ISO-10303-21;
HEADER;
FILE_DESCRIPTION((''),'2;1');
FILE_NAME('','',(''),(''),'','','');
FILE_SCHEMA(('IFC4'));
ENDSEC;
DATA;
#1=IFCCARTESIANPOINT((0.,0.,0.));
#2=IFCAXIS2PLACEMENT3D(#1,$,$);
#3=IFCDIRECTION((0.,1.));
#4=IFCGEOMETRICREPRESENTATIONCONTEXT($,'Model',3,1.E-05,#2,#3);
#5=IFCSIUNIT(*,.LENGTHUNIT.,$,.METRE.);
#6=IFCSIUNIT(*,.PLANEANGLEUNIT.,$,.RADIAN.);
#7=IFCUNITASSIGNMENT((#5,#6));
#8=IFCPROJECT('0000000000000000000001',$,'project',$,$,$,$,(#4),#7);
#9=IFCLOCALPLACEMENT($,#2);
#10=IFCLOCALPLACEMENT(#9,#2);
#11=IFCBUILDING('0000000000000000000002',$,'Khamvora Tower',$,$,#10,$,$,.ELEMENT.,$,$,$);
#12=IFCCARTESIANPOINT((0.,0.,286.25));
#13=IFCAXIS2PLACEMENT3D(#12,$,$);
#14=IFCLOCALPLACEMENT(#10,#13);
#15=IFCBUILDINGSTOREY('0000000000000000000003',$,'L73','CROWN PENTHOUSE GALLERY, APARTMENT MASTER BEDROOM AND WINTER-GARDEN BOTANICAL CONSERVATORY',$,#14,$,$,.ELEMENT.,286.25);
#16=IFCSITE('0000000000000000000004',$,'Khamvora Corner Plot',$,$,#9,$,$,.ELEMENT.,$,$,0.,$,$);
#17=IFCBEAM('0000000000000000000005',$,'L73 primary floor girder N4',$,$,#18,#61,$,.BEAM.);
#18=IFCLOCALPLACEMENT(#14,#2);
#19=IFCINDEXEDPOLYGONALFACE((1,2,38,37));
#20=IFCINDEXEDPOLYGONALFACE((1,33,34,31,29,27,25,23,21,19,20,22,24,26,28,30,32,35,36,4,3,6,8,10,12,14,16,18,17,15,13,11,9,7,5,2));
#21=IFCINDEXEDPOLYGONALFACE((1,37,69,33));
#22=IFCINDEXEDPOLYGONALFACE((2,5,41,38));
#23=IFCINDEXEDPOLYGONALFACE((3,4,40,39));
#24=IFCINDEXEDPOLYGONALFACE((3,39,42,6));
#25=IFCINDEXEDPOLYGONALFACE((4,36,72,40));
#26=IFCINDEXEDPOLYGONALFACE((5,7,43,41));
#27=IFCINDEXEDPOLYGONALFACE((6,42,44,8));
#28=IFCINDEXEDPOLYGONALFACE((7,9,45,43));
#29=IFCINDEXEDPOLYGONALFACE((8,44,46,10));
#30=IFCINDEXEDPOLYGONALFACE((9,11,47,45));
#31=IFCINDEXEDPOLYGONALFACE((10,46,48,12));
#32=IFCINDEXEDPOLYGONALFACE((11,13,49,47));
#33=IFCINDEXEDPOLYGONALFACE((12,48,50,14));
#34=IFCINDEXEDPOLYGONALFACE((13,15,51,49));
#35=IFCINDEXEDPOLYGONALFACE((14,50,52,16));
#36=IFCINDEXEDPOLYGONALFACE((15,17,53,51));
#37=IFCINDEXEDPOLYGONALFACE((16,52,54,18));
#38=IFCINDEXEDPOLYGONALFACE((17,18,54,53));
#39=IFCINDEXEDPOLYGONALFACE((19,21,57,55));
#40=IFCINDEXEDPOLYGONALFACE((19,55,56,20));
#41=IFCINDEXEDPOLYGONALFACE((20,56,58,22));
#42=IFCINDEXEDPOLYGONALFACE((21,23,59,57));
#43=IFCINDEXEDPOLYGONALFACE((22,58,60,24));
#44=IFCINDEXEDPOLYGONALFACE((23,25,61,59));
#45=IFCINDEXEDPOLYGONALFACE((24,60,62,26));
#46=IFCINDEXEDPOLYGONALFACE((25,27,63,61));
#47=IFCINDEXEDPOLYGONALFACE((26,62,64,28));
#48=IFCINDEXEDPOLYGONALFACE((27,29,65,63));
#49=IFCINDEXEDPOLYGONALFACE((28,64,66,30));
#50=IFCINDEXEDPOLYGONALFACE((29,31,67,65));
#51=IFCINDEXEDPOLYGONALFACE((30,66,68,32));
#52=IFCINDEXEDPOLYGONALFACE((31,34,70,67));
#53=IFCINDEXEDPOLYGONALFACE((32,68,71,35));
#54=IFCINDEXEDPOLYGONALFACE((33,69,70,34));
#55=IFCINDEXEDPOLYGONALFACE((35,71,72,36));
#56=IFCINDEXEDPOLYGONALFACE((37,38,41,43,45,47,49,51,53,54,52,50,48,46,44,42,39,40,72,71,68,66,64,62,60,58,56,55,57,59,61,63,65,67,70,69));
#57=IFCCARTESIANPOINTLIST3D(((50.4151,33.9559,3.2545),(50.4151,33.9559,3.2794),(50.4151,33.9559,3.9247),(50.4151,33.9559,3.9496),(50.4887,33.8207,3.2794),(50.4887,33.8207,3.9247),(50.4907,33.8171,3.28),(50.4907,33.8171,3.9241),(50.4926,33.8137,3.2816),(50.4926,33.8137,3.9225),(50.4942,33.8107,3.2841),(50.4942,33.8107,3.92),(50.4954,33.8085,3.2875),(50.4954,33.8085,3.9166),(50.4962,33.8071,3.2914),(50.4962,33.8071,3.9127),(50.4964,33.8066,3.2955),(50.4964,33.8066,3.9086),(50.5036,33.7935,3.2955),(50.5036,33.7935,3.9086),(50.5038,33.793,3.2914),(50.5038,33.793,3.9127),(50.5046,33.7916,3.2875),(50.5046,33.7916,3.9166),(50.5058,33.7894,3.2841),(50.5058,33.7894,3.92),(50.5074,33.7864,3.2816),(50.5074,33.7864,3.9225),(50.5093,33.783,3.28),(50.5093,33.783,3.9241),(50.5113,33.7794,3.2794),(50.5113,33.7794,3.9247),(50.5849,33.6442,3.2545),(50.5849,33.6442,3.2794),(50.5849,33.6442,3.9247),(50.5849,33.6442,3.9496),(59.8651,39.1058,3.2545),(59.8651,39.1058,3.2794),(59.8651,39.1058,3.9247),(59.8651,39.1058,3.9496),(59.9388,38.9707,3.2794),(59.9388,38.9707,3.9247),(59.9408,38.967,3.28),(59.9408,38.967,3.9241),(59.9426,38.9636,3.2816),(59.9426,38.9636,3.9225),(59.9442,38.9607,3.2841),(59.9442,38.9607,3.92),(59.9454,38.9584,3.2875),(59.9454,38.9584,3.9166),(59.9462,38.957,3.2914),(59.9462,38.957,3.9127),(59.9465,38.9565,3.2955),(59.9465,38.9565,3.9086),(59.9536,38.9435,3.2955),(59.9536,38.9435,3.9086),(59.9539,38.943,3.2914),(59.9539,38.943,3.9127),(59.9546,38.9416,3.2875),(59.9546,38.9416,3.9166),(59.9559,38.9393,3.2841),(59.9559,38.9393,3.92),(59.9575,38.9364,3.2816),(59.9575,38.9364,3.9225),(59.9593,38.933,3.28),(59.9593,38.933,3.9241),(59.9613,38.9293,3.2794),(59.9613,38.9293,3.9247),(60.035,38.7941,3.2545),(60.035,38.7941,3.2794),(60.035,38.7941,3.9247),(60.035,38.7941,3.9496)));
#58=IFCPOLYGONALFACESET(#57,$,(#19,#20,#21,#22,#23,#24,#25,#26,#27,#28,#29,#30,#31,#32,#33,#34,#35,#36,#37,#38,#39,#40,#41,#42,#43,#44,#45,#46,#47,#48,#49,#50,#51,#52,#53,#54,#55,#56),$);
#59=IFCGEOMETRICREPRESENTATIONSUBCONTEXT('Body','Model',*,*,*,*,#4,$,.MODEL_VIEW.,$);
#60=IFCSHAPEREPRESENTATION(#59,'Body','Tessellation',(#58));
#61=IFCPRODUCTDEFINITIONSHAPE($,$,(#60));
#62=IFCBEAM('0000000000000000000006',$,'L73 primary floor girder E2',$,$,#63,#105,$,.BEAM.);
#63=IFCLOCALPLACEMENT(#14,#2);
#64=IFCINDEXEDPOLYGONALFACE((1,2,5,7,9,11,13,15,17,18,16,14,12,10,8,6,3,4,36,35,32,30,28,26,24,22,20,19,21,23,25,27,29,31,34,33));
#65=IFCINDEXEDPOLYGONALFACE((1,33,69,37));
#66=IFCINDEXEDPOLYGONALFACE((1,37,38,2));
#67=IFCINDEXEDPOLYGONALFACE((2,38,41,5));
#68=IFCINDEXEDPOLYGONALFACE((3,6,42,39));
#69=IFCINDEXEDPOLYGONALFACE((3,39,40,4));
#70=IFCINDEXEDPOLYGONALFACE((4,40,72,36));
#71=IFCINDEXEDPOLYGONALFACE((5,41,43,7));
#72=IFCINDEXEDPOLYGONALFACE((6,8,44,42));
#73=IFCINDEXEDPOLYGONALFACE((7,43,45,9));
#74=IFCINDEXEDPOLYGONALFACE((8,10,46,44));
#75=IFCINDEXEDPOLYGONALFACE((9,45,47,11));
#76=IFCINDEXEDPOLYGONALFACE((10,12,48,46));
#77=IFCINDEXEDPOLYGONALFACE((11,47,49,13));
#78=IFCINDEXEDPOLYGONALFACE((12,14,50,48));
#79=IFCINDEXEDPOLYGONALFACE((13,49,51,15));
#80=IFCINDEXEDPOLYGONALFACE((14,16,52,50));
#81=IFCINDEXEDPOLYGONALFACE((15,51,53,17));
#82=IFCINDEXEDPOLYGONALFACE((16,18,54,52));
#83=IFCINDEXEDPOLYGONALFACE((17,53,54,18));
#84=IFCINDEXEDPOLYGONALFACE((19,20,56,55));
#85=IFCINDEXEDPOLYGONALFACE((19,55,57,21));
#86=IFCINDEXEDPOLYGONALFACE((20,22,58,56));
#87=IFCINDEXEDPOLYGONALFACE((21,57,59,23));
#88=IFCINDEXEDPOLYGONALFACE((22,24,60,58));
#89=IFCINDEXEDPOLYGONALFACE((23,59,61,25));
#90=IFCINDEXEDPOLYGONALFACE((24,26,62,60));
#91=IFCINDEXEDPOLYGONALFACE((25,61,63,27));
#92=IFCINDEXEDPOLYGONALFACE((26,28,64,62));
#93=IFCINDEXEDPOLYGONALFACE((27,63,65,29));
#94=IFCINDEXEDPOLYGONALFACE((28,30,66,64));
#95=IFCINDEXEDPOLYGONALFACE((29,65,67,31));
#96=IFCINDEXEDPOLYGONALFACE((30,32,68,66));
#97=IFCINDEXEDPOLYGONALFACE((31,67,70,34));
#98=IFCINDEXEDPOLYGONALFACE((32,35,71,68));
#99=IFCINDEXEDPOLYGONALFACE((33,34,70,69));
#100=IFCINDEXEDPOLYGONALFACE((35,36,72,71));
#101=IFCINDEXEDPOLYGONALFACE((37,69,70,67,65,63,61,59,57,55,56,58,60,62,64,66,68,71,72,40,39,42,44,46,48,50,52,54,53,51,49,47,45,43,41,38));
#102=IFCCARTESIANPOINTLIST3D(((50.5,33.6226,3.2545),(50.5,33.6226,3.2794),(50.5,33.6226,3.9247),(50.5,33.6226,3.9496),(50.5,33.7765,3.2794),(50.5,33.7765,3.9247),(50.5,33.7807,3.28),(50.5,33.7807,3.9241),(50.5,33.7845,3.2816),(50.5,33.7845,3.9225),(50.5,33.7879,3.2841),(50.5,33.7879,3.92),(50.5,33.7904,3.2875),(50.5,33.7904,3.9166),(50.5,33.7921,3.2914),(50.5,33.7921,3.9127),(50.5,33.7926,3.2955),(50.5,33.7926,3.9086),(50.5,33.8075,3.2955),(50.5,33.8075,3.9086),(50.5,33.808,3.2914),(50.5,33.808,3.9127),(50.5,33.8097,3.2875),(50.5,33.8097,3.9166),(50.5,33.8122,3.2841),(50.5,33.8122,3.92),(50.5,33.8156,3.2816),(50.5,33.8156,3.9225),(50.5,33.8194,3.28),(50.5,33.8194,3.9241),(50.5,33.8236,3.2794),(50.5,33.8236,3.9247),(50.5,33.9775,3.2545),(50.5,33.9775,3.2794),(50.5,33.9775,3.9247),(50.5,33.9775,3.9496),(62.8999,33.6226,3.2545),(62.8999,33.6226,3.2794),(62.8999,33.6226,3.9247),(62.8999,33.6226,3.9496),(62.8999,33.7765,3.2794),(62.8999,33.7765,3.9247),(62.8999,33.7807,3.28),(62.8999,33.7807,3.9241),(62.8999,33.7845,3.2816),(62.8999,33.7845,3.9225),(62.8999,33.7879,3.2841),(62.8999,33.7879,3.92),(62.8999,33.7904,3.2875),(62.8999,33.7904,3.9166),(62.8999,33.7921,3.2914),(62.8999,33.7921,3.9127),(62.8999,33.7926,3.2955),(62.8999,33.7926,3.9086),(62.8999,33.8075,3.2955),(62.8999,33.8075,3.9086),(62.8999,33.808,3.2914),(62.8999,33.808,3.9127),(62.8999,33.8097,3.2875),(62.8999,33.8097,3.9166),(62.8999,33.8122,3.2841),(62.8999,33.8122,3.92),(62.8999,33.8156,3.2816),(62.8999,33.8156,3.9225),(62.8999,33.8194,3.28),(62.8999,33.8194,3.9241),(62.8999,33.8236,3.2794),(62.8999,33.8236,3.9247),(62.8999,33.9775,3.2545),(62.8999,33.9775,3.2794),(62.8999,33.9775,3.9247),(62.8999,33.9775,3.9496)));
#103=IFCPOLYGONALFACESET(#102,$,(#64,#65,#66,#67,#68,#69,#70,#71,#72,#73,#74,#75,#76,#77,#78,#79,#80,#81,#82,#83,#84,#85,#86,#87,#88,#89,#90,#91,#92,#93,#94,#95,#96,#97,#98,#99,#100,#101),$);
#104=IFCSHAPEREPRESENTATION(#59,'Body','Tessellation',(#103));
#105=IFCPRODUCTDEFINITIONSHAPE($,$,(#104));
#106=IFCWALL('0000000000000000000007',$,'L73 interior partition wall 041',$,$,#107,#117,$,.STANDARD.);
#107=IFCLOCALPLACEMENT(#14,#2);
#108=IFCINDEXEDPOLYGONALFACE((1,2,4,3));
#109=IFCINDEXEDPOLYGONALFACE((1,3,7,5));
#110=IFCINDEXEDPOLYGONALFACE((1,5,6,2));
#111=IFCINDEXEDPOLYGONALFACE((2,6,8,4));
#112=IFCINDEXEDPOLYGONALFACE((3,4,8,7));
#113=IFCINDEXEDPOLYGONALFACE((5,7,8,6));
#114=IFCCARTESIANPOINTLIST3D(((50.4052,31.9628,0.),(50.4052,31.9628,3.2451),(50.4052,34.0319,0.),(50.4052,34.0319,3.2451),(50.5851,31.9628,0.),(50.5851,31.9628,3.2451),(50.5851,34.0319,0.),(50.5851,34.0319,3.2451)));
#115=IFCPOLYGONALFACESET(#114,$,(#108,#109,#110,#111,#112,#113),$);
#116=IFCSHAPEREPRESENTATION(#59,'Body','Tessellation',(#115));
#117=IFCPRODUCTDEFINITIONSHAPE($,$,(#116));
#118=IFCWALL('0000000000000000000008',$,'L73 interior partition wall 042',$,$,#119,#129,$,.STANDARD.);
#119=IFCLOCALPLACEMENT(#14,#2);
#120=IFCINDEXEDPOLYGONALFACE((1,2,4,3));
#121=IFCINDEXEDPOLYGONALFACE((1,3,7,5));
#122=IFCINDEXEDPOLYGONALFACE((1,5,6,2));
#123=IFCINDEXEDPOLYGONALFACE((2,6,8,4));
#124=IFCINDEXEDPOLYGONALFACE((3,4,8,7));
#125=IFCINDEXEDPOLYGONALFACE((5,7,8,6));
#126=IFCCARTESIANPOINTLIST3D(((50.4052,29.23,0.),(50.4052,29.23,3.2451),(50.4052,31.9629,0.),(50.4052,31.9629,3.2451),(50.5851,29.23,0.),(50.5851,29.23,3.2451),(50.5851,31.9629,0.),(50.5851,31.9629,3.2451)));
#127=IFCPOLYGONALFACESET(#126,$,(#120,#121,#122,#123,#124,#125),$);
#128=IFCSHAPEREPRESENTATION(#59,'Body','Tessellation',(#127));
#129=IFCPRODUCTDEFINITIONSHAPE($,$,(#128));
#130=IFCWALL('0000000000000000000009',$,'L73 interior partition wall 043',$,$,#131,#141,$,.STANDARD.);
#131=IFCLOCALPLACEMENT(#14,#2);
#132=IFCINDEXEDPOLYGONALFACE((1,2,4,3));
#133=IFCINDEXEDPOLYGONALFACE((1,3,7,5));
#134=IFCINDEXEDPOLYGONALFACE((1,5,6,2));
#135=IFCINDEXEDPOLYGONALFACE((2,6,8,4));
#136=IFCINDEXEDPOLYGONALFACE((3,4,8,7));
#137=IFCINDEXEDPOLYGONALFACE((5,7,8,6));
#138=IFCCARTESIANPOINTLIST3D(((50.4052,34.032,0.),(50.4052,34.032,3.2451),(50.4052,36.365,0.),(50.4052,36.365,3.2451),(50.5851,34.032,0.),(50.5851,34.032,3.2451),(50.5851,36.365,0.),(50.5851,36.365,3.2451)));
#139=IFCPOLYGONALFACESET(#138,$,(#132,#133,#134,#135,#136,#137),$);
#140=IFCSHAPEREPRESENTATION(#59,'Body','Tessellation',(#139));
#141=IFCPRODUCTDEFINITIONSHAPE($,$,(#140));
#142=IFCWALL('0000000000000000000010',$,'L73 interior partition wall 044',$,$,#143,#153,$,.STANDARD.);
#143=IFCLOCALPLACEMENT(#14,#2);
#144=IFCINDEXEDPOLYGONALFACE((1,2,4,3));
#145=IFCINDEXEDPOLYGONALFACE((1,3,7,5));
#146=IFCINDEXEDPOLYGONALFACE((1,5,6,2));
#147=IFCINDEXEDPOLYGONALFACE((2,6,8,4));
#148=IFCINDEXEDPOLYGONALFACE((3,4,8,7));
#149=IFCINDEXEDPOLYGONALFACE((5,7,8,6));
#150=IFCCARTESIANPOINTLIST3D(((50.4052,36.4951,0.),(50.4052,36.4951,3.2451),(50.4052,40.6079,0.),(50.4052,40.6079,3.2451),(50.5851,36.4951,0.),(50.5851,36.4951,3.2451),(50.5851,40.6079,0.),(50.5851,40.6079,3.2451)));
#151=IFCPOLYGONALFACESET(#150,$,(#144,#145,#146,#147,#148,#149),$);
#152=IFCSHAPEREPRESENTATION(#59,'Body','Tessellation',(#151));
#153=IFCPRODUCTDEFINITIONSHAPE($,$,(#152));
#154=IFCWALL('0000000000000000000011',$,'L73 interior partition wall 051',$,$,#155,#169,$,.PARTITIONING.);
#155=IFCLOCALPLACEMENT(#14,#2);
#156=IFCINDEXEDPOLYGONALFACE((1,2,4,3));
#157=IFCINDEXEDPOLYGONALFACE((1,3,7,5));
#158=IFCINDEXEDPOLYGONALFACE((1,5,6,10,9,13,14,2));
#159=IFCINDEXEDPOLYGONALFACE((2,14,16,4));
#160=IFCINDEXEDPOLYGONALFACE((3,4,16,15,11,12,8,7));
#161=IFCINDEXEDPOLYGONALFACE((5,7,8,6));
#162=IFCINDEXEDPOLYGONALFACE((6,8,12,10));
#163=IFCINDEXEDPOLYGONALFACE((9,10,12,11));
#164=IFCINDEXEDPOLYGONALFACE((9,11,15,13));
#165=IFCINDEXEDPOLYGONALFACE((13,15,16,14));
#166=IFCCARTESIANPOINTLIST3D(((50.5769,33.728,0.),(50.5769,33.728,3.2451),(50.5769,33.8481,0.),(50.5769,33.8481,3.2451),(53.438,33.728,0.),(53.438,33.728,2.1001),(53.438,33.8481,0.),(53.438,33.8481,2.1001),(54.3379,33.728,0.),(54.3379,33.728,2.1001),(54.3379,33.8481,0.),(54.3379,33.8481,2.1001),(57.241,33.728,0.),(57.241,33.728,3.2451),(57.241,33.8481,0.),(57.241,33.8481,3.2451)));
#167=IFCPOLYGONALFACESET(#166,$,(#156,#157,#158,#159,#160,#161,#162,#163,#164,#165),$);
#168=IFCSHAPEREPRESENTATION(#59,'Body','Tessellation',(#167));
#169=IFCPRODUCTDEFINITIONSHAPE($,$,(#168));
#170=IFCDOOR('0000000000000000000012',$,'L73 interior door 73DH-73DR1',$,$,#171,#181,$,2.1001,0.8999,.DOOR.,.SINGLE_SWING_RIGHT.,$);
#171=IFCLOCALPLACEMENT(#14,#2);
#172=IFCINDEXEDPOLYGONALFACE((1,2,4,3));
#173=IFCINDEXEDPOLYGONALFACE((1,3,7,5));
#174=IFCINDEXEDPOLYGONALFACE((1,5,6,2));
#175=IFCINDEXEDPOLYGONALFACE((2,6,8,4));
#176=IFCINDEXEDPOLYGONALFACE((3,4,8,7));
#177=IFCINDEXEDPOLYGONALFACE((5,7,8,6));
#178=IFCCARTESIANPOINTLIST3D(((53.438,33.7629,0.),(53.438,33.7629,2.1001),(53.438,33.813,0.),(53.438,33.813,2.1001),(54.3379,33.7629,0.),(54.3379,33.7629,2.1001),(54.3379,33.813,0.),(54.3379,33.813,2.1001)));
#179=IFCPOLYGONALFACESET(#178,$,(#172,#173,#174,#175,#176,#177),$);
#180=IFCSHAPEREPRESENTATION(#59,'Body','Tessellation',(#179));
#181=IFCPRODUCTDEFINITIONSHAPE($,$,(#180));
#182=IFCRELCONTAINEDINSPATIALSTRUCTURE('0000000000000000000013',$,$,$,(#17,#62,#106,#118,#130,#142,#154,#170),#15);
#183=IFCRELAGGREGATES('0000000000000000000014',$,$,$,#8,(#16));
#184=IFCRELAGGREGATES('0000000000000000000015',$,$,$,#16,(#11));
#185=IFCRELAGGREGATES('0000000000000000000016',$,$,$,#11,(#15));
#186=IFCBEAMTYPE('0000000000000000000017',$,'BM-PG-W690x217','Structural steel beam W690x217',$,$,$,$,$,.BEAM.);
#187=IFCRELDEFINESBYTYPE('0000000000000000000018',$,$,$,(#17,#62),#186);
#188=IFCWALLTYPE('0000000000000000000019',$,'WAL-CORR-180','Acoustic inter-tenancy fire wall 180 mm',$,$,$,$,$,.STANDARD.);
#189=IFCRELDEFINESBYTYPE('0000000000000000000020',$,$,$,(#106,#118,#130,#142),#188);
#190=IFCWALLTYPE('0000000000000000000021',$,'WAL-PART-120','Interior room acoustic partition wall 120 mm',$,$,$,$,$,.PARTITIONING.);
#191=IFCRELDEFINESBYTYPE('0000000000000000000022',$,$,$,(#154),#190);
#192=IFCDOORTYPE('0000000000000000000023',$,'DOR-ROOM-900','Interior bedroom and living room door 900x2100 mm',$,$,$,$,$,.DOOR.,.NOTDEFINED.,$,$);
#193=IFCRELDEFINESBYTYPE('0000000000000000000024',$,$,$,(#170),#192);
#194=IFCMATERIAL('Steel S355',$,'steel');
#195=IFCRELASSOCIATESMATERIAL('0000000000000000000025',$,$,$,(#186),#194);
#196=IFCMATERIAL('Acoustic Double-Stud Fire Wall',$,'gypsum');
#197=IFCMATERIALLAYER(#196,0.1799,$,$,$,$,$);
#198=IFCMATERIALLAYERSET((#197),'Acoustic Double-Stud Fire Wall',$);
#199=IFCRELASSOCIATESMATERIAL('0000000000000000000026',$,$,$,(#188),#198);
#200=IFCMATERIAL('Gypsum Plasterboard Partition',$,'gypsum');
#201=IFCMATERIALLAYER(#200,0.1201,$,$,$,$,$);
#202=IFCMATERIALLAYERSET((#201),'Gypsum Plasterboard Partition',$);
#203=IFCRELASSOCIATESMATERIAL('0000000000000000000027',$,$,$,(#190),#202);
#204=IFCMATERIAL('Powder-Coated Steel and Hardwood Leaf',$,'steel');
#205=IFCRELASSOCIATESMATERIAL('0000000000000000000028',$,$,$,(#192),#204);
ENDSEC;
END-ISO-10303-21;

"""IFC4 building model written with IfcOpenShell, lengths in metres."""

from ifc_helpers import new_model, si_unit, direction, frame, frame_2d, origin, origin_2d, place, context, subcontext, project, spatial, rectangle, i_section, extrude, material, layer, layer_set, material_profile, profile_set, type_object, element, fill, save


model = new_model("IFC4")

# Units and contexts
model_context = context("Model", 3, precision=1e-05, world=origin(), true_north=direction((0.0, 1.0)))
body_context = subcontext(model_context, "Body", "Model", "MODEL_VIEW")
ifc_project = project(units=[si_unit("LENGTHUNIT", "METRE"), si_unit("PLANEANGLEUNIT", "RADIAN")], contexts=[model_context])

# Site, building, storey
site_placement = place(None, origin())
site = spatial("IfcSite", under=ifc_project, at=site_placement, Name="Khamvora Corner Plot", CompositionType="ELEMENT", RefElevation=0.0)
building_placement = place(site_placement, origin())
building = spatial("IfcBuilding", under=site, at=building_placement, Name="Khamvora Tower", CompositionType="ELEMENT")
storey_placement = place(building_placement, frame((0.0, 0.0, 286.25)))
storey = spatial("IfcBuildingStorey", under=building, at=storey_placement, Name="L73", Description="CROWN PENTHOUSE GALLERY, APARTMENT MASTER BEDROOM AND WINTER-GARDEN BOTANICAL CONSERVATORY", CompositionType="ELEMENT", Elevation=286.25)

# Shared definitions
ifc_material_1 = material(Name="Steel S355", Category="steel")

# Beams
ifc_material_profile_1 = material_profile(ifc_material_1, i_section(OverallWidth=0.355, OverallDepth=0.6951, WebThickness=0.0149, FlangeThickness=0.0249, FilletRadius=0.0161, at=origin_2d()), Name="W690x217")
ifc_profile_set_1 = profile_set([ifc_material_profile_1], Name="Steel S355")
beam_type_1 = type_object("IfcBeamType", Name="BM-PG-W690x217", Description="Structural steel beam W690x217", PredefinedType="BEAM", material=ifc_profile_set_1)
beam_1_placement = place(storey_placement, frame((50.5, 33.8, 3.6021), z_axis=(0.878076, 0.478521, 0.0), x_axis=(-0.478521, 0.878076, 0.0)))
element("IfcBeam", 1, at=beam_1_placement, inside=storey, type_object=beam_type_1, Name="L73 primary floor girder N4", PredefinedType="BEAM", context=body_context, shape_type="SweptSolid", body=[
    extrude(i_section(OverallWidth=0.355, OverallDepth=0.6951, WebThickness=0.0149, FlangeThickness=0.0249, FilletRadius=0.0161, at=origin_2d()), origin(), (0.0, 0.0, 1.0), 10.7622),
])
beam_2_placement = place(storey_placement, frame((50.5, 33.8, 3.6021), z_axis=(1.0, 0.0, 0.0), x_axis=(0.0, 1.0, 0.0)))
element("IfcBeam", 2, at=beam_2_placement, inside=storey, type_object=beam_type_1, Name="L73 primary floor girder E2", PredefinedType="BEAM", context=body_context, shape_type="SweptSolid", body=[
    extrude(i_section(OverallWidth=0.355, OverallDepth=0.6951, WebThickness=0.0149, FlangeThickness=0.0249, FilletRadius=0.0161, at=origin_2d()), origin(), (0.0, 0.0, 1.0), 12.3999),
])

# Walls
ifc_material_2 = material(Name="Acoustic Double-Stud Fire Wall", Category="gypsum")
ifc_layer_1 = layer(ifc_material_2, 0.1799)
ifc_layer_set_1 = layer_set([ifc_layer_1], Name="Acoustic Double-Stud Fire Wall")
wall_type_1 = type_object("IfcWallType", Name="WAL-CORR-180", Description="Acoustic inter-tenancy fire wall 180 mm", PredefinedType="STANDARD", material=ifc_layer_set_1)
wall_1_placement = place(storey_placement, frame((50.4951, 34.032, 0.0), z_axis=(0.0, 0.0, 1.0), x_axis=(0.0, -1.0, 0.0)))
element("IfcWall", 3, at=wall_1_placement, inside=storey, type_object=wall_type_1, Name="L73 interior partition wall 041", PredefinedType="STANDARD", context=body_context, shape_type="SweptSolid", body=[
    extrude(rectangle(XDim=2.0691, YDim=0.1799, at=frame_2d((1.0347, 0.0))), origin(), (0.0, 0.0, 1.0), 3.2451),
])
wall_2_placement = place(storey_placement, frame((50.4951, 31.9629, 0.0), z_axis=(0.0, 0.0, 1.0), x_axis=(0.0, -1.0, 0.0)))
element("IfcWall", 4, at=wall_2_placement, inside=storey, type_object=wall_type_1, Name="L73 interior partition wall 042", PredefinedType="STANDARD", context=body_context, shape_type="SweptSolid", body=[
    extrude(rectangle(XDim=2.7329, YDim=0.1799, at=frame_2d((1.3665, 0.0))), origin(), (0.0, 0.0, 1.0), 3.2451),
])
wall_3_placement = place(storey_placement, frame((50.4951, 36.365, 0.0), z_axis=(0.0, 0.0, 1.0), x_axis=(0.0, -1.0, 0.0)))
element("IfcWall", 5, at=wall_3_placement, inside=storey, type_object=wall_type_1, Name="L73 interior partition wall 043", PredefinedType="STANDARD", context=body_context, shape_type="SweptSolid", body=[
    extrude(rectangle(XDim=2.333, YDim=0.1799, at=frame_2d((1.1665, 0.0))), origin(), (0.0, 0.0, 1.0), 3.2451),
])
wall_4_placement = place(storey_placement, frame((50.4951, 40.6079, 0.0), z_axis=(0.0, 0.0, 1.0), x_axis=(0.0, -1.0, 0.0)))
element("IfcWall", 6, at=wall_4_placement, inside=storey, type_object=wall_type_1, Name="L73 interior partition wall 044", PredefinedType="STANDARD", context=body_context, shape_type="SweptSolid", body=[
    extrude(rectangle(XDim=4.1128, YDim=0.1799, at=frame_2d((2.0564, 0.0))), origin(), (0.0, 0.0, 1.0), 3.2451),
])

# Wall, opening, door
ifc_material_3 = material(Name="Gypsum Plasterboard Partition", Category="gypsum")
ifc_layer_2 = layer(ifc_material_3, 0.1201)
ifc_layer_set_2 = layer_set([ifc_layer_2], Name="Gypsum Plasterboard Partition")
wall_type_2 = type_object("IfcWallType", Name="WAL-PART-120", Description="Interior room acoustic partition wall 120 mm", PredefinedType="PARTITIONING", material=ifc_layer_set_2)
wall_5_placement = place(storey_placement, frame((50.5769, 33.7881, 0.0), z_axis=(0.0, 0.0, 1.0), x_axis=(1.0, 0.0, 0.0)))
wall_5 = element("IfcWall", 7, at=wall_5_placement, inside=storey, type_object=wall_type_2, Name="L73 interior partition wall 051", PredefinedType="PARTITIONING", context=body_context, shape_type="SweptSolid", body=[
    extrude(rectangle(XDim=6.6641, YDim=0.1201, at=frame_2d((3.332, 0.0))), origin(), (0.0, 0.0, 1.0), 3.2451),
])
opening_1_placement = place(wall_5_placement, frame((2.8611, 0.0, 0.0)))
opening_1 = element("IfcOpeningElement", 8, at=opening_1_placement, cuts=wall_5, PredefinedType="OPENING", context=body_context, shape_type="SweptSolid", body=[
    extrude(rectangle(XDim=0.8999, YDim=2.1001, at=frame_2d((0.45, 1.05))), frame((0.0, 0.0701, 0.0), z_axis=(0.0, -1.0, 0.0), x_axis=(1.0, 0.0, 0.0)), (0.0, 0.0, 1.0), 0.1401),
])
ifc_material_4 = material(Name="Powder-Coated Steel and Hardwood Leaf", Category="steel")
door_type_1 = type_object("IfcDoorType", Name="DOR-ROOM-900", Description="Interior bedroom and living room door 900x2100 mm", OperationType="NOTDEFINED", PredefinedType="DOOR", material=ifc_material_4)
door_1_placement = place(opening_1_placement, origin())
door_1 = element("IfcDoor", 9, at=door_1_placement, inside=storey, type_object=door_type_1, Name="L73 interior door 73DH-73DR1", OperationType="SINGLE_SWING_RIGHT", OverallHeight=2.1001, OverallWidth=0.8999, PredefinedType="DOOR", context=body_context, shape_type="SweptSolid", body=[
    extrude(rectangle(XDim=0.8999, YDim=2.1001, at=frame_2d((0.45, 1.05))), frame((0.0, 0.0249, 0.0), z_axis=(0.0, -1.0, 0.0), x_axis=(1.0, 0.0, 0.0)), (0.0, 0.0, 1.0), 0.05),
])
fill(opening_1, door_1)

save(model, "model.ifc")
